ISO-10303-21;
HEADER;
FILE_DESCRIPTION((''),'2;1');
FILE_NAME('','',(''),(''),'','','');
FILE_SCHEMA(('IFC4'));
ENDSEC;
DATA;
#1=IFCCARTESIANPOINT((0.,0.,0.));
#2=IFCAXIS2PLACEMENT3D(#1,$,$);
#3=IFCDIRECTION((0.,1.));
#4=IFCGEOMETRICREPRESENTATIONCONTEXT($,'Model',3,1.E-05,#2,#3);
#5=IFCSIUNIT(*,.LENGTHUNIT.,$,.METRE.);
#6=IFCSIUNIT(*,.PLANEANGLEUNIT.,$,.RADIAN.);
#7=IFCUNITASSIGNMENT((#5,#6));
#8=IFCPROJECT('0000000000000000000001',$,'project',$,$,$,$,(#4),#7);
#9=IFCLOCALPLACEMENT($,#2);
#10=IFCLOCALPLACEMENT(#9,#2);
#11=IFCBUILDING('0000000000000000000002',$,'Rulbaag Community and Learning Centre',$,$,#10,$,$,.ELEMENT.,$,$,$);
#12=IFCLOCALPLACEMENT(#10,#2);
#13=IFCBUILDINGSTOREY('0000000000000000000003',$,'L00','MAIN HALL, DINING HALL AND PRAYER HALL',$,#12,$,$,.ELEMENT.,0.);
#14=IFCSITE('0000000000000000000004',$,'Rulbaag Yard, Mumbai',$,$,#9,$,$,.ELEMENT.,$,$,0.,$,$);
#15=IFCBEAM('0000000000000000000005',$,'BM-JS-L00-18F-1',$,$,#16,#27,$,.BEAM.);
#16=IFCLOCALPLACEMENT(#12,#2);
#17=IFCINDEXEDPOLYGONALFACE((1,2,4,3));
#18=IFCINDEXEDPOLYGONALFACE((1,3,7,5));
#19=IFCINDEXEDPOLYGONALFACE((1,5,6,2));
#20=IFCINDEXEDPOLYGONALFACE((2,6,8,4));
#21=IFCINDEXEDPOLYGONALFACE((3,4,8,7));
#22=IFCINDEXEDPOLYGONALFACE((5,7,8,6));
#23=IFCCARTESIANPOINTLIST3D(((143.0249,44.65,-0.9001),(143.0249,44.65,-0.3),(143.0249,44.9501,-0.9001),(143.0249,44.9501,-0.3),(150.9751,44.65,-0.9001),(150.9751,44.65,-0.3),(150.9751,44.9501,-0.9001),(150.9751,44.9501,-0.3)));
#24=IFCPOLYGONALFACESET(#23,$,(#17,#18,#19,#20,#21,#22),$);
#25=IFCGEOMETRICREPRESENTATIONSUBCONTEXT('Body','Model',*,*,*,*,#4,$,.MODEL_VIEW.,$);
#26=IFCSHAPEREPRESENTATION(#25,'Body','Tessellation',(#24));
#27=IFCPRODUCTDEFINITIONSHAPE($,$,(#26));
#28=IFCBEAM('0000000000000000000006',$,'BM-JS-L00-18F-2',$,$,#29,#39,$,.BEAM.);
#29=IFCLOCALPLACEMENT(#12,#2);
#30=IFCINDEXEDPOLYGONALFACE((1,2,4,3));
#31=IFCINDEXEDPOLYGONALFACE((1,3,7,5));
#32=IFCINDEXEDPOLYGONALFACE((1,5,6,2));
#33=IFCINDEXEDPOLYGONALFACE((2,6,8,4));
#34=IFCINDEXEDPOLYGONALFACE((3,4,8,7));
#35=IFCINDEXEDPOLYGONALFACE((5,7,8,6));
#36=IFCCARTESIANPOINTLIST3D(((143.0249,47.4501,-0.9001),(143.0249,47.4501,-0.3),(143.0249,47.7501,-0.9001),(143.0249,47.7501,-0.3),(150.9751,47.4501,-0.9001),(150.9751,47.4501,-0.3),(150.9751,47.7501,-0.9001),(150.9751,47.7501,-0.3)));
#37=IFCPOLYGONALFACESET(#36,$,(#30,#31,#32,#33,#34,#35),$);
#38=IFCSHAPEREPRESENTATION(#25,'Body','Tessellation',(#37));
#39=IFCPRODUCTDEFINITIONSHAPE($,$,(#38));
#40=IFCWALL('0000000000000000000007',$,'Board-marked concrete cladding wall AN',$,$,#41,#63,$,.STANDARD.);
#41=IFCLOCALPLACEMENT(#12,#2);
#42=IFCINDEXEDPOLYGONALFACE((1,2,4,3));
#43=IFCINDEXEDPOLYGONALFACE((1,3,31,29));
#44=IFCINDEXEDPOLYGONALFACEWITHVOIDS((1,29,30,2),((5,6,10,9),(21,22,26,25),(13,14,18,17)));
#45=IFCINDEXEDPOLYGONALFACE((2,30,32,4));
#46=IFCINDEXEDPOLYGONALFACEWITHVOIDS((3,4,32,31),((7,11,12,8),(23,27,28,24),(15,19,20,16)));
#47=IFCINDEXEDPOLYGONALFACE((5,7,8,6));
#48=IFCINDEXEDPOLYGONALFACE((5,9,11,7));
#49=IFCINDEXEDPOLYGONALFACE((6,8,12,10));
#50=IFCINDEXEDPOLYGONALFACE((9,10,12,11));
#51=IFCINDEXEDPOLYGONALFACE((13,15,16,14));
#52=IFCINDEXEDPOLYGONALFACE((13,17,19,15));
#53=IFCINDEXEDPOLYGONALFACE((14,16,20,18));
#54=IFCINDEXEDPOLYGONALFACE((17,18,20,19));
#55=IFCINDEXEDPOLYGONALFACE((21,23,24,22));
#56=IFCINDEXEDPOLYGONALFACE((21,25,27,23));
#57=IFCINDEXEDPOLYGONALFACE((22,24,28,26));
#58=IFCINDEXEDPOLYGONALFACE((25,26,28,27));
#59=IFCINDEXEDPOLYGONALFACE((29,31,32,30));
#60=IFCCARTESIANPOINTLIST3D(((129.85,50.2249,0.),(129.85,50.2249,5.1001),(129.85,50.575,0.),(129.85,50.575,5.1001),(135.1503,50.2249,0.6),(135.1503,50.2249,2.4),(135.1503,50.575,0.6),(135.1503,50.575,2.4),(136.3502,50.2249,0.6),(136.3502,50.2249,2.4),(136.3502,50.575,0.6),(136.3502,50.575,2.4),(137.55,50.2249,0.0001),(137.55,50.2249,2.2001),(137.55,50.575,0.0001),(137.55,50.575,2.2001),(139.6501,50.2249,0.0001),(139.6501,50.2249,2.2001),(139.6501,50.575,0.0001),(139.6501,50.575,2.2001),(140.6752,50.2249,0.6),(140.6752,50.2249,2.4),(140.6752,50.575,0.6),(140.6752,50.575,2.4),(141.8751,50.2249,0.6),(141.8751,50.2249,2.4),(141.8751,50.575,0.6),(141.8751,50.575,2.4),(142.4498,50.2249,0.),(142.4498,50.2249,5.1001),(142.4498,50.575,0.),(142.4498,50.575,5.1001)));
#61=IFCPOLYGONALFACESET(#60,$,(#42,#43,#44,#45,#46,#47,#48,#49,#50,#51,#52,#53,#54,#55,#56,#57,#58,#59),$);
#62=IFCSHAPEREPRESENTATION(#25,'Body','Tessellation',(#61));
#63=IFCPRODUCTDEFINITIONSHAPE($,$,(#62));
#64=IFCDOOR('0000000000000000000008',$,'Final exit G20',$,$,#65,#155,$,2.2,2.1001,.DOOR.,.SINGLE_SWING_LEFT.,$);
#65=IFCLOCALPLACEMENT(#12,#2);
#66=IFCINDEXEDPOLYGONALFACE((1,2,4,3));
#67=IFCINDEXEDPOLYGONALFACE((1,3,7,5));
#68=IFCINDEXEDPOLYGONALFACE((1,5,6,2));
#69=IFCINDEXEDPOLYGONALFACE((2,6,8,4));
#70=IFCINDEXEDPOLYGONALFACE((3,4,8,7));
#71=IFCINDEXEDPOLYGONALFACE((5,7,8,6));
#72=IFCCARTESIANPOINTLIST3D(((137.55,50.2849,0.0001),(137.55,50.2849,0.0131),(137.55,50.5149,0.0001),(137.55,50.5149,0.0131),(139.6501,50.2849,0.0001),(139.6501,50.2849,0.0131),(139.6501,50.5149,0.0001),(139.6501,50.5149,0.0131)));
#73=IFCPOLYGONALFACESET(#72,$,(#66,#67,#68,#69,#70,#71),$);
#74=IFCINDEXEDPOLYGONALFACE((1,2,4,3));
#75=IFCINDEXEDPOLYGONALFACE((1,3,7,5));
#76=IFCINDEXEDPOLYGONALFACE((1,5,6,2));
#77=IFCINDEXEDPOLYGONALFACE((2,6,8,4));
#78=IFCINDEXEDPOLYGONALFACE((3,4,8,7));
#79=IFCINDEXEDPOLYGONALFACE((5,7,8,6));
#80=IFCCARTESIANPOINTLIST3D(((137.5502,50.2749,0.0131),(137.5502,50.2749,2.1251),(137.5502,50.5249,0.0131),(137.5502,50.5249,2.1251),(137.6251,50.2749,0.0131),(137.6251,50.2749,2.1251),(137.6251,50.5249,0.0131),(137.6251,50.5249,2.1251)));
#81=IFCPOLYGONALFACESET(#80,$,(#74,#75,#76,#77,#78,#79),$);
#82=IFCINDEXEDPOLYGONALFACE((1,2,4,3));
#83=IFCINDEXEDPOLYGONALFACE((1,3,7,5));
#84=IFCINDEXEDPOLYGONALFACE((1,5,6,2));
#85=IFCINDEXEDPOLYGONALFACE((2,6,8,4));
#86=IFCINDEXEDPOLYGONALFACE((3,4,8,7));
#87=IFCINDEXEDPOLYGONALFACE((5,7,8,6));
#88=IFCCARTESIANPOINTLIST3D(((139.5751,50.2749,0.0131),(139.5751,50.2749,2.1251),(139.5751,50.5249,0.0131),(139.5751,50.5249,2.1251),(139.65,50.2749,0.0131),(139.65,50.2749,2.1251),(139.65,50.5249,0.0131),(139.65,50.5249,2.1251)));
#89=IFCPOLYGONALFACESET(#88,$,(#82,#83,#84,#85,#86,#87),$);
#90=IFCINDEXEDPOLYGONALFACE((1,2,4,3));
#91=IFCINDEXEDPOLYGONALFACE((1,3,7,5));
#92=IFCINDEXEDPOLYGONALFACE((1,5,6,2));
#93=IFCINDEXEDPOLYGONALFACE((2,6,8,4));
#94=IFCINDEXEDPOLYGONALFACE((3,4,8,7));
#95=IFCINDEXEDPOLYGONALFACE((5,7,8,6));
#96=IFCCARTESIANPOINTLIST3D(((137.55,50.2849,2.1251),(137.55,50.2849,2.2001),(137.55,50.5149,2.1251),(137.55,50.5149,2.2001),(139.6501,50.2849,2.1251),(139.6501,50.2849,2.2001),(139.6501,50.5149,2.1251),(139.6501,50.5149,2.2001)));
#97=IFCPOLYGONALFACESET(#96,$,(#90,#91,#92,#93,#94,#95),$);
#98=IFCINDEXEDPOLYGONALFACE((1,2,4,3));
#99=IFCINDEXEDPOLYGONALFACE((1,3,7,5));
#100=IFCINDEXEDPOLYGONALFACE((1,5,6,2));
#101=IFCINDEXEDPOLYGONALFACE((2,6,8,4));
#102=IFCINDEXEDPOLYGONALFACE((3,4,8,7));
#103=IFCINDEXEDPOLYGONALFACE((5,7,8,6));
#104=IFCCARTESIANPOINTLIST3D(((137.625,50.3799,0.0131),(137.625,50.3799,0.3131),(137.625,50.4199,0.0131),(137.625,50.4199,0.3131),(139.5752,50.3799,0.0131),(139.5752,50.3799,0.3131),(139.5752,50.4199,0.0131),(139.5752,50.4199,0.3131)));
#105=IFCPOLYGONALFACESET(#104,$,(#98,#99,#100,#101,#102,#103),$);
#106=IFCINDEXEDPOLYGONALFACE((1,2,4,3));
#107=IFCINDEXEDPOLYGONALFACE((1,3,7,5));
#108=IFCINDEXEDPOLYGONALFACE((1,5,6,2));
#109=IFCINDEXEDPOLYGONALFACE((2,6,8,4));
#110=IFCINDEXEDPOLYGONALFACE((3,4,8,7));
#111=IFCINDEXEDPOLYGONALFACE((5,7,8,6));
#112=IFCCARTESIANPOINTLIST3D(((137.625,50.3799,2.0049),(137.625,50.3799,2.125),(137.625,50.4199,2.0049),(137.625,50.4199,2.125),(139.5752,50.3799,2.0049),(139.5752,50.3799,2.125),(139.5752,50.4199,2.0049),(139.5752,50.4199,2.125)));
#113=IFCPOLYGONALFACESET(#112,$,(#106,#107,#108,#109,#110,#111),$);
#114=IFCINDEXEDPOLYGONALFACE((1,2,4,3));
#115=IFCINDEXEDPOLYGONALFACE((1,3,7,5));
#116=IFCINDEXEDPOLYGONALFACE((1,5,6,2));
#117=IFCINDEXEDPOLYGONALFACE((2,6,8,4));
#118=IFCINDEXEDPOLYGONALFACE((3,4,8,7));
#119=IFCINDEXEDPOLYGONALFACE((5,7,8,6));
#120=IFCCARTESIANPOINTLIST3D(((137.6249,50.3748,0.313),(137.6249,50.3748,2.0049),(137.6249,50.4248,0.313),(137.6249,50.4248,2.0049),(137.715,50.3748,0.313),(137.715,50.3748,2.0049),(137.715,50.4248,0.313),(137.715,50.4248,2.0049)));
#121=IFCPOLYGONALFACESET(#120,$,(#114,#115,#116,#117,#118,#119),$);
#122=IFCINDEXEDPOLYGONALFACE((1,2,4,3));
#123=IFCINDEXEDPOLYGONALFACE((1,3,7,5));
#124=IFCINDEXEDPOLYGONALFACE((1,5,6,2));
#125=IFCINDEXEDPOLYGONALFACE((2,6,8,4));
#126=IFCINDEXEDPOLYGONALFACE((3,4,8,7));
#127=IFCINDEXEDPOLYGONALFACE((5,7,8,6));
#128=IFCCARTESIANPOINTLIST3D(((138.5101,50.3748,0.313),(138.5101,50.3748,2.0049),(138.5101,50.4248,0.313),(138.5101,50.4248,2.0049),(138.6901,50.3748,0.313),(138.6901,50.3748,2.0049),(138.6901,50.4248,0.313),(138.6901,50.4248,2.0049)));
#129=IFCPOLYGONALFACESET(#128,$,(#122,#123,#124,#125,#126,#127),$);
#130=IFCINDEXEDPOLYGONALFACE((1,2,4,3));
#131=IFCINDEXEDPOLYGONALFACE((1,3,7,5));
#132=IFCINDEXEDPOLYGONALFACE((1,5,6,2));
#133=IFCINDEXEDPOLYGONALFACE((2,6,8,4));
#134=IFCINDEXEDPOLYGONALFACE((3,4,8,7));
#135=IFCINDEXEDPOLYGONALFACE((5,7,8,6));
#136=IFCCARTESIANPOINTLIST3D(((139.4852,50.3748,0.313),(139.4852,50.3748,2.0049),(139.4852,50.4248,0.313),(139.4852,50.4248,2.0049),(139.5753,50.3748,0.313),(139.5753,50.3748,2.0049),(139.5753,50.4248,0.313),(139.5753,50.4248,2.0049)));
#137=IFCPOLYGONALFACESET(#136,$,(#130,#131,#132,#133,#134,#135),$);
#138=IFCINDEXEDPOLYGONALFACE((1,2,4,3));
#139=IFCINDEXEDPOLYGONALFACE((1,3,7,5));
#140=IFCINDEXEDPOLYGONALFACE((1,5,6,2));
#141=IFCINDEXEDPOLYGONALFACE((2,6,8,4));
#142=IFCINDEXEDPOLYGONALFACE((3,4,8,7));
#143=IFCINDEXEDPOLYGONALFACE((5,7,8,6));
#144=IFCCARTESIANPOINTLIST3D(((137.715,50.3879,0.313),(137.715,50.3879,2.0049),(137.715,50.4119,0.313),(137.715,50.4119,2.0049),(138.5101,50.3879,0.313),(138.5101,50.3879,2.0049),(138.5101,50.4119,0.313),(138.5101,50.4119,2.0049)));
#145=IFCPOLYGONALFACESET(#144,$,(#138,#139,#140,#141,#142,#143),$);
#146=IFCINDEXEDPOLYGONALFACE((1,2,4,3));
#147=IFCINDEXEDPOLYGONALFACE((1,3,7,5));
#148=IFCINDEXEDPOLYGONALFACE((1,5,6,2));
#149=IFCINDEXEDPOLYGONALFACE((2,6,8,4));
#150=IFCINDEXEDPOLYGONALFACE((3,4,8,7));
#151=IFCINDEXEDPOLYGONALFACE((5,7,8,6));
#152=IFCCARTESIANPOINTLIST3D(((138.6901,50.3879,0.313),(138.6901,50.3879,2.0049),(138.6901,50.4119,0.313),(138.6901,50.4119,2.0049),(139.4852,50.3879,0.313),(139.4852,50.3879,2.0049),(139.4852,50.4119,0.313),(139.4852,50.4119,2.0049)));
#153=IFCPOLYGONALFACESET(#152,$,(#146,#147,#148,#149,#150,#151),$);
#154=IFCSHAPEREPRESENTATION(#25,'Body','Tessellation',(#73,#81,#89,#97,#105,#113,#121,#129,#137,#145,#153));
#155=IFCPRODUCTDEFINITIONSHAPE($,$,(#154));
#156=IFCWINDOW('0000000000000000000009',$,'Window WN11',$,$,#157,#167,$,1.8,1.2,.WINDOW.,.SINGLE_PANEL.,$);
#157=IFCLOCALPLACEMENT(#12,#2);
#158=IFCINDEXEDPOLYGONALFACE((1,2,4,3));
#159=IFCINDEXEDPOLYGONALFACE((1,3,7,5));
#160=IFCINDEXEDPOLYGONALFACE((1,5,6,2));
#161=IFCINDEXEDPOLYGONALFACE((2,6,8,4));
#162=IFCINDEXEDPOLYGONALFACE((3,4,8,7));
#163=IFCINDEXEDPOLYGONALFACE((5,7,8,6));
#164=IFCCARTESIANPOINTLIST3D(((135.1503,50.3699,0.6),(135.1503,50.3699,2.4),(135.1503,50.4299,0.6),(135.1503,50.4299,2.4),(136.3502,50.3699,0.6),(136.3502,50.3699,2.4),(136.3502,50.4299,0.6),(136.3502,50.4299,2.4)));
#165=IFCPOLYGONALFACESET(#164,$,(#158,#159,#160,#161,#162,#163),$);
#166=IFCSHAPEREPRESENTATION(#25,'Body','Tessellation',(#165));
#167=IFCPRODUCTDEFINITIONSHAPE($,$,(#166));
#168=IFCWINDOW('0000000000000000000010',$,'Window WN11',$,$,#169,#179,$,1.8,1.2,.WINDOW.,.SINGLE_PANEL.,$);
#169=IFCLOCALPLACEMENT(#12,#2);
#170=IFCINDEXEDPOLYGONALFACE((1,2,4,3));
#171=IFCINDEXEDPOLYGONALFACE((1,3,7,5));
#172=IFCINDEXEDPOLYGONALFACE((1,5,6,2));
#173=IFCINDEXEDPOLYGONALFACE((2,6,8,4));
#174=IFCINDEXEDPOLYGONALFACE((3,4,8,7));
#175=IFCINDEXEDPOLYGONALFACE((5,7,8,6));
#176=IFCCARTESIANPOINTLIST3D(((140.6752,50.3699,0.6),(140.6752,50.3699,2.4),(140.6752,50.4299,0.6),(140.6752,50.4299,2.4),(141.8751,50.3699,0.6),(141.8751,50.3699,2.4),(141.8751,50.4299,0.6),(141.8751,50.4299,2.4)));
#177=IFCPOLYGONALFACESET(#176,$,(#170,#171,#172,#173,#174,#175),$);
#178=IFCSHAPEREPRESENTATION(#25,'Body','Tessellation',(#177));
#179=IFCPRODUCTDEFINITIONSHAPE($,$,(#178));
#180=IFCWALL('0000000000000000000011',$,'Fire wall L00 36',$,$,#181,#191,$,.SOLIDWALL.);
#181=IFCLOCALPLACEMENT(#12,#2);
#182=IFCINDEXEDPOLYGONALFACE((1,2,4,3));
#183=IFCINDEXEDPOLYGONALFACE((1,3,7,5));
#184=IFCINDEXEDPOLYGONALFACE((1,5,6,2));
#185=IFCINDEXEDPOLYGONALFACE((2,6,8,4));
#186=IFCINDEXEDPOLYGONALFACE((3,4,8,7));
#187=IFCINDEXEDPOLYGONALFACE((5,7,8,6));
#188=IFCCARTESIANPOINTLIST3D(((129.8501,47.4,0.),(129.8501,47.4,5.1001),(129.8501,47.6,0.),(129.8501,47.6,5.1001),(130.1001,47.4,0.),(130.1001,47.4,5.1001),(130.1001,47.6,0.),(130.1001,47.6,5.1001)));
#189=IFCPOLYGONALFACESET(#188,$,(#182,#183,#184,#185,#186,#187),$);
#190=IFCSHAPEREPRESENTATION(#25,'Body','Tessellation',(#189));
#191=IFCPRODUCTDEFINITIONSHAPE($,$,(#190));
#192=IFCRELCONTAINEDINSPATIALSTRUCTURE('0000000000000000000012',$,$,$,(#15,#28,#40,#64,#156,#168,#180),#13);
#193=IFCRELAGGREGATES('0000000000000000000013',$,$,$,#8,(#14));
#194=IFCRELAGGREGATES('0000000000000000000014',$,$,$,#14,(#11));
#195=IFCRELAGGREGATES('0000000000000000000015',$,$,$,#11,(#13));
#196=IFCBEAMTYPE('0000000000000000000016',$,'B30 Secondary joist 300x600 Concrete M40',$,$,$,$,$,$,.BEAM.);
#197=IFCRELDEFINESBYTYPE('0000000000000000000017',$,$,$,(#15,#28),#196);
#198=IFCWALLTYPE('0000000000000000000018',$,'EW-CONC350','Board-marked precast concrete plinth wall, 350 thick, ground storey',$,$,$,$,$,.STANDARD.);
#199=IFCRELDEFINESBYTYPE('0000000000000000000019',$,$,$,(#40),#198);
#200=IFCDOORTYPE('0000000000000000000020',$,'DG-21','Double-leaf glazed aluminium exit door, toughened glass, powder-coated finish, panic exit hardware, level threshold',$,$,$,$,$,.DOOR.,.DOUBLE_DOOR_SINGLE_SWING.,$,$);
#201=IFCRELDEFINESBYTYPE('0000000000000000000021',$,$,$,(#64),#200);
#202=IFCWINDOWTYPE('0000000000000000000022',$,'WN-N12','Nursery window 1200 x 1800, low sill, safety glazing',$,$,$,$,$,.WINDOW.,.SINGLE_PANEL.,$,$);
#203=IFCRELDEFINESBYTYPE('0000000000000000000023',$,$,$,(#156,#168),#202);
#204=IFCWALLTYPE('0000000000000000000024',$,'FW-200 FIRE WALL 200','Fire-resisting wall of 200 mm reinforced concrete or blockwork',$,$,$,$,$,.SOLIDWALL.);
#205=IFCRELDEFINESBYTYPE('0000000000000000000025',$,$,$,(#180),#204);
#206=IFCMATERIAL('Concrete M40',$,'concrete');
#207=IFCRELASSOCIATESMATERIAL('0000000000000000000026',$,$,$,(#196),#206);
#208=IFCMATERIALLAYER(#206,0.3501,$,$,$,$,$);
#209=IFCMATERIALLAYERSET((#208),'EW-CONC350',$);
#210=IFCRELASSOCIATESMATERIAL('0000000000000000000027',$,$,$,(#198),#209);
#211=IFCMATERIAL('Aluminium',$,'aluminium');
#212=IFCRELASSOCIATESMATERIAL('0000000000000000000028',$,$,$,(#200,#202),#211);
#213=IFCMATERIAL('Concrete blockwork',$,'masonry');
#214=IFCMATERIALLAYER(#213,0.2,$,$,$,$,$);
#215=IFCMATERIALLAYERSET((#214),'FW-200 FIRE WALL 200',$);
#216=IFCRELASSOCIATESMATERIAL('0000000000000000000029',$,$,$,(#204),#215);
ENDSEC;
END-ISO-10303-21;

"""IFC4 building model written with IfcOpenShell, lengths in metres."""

from ifc_helpers import new_model, si_unit, direction, frame, frame_2d, origin, origin_2d, place, context, subcontext, project, spatial, rectangle, extrude, material, layer, layer_set, material_profile, profile_set, type_object, element, fill, save


model = new_model("IFC4")

# Units and contexts
model_context = context("Model", 3, precision=1e-05, world=origin(), true_north=direction((0.0, 1.0)))
body_context = subcontext(model_context, "Body", "Model", "MODEL_VIEW")
ifc_project = project(units=[si_unit("LENGTHUNIT", "METRE"), si_unit("PLANEANGLEUNIT", "RADIAN")], contexts=[model_context])

# Site, building, storey
site_placement = place(None, origin())
site = spatial("IfcSite", under=ifc_project, at=site_placement, Name="Rulbaag Yard, Mumbai", CompositionType="ELEMENT", RefElevation=0.0)
building_placement = place(site_placement, origin())
building = spatial("IfcBuilding", under=site, at=building_placement, Name="Rulbaag Community and Learning Centre", CompositionType="ELEMENT")
storey_placement = place(building_placement, origin())
storey = spatial("IfcBuildingStorey", under=building, at=storey_placement, Name="L00", Description="MAIN HALL, DINING HALL AND PRAYER HALL", CompositionType="ELEMENT", Elevation=0.0)

# Beams
ifc_material_1 = material(Name="Concrete M40", Category="concrete")
ifc_material_profile = material_profile(ifc_material_1, rectangle(XDim=0.3, YDim=0.6001, at=origin_2d()), Name="RB300x600")
ifc_profile_set = profile_set([ifc_material_profile], Name="Concrete M40")
beam_type = type_object("IfcBeamType", Name="B30 Secondary joist 300x600 Concrete M40", PredefinedType="BEAM", material=ifc_profile_set)
for number, where, z_axis, x_axis, name in (
    (1, (143.0249, 44.8, -0.6001), (1.0, 0.0, 0.0), (0.0, 1.0, 0.0), "BM-JS-L00-18F-1"),
    (2, (143.0249, 47.6001, -0.6001), (1.0, 0.0, 0.0), (0.0, 1.0, 0.0), "BM-JS-L00-18F-2"),
):
    element("IfcBeam", number, at=place(storey_placement, frame(where, z_axis=z_axis, x_axis=x_axis)), inside=storey, type_object=beam_type, Name=name, PredefinedType="BEAM", context=body_context, shape_type="SweptSolid", body=[
        extrude(rectangle(XDim=0.3, YDim=0.6001, at=origin_2d()), origin(), (0.0, 0.0, 1.0), 7.9502),
    ])

# Wall, openings, door, windows
ifc_layer_1 = layer(ifc_material_1, 0.3501)
ifc_layer_set_1 = layer_set([ifc_layer_1], Name="EW-CONC350")
wall_type_1 = type_object("IfcWallType", Name="EW-CONC350", Description="Board-marked precast concrete plinth wall, 350 thick, ground storey", PredefinedType="STANDARD", material=ifc_layer_set_1)
wall_1_placement = place(storey_placement, frame((129.8501, 50.3999, 0.0), z_axis=(0.0, 0.0, 1.0), x_axis=(1.0, 0.0, 0.0)))
wall_1 = element("IfcWall", 3, at=wall_1_placement, inside=storey, type_object=wall_type_1, Name="Board-marked concrete cladding wall AN", PredefinedType="STANDARD", context=body_context, shape_type="SweptSolid", body=[
    extrude(rectangle(XDim=12.5999, YDim=0.3501, at=frame_2d((6.2998, 0.0))), origin(), (0.0, 0.0, 1.0), 5.1001),
])
opening_1_placement = place(wall_1_placement, frame((7.7, 0.0, 0.0)))
opening_1 = element("IfcOpeningElement", 4, at=opening_1_placement, cuts=wall_1, PredefinedType="OPENING", context=body_context, shape_type="SweptSolid", body=[
    extrude(rectangle(XDim=2.1001, YDim=2.2, at=frame_2d((1.05, 1.1001))), frame((0.0, 0.1851, 0.0), z_axis=(0.0, -1.0, 0.0), x_axis=(1.0, 0.0, 0.0)), (0.0, 0.0, 1.0), 0.3701),
])
opening_2_placement = place(wall_1_placement, frame((5.3, 0.0, 0.6001)))
opening_2 = element("IfcOpeningElement", 5, at=opening_2_placement, cuts=wall_1, PredefinedType="OPENING", context=body_context, shape_type="SweptSolid", body=[
    extrude(rectangle(XDim=1.2, YDim=1.8, at=frame_2d((0.6001, 0.8999))), frame((0.0, 0.1851, 0.0), z_axis=(0.0, -1.0, 0.0), x_axis=(1.0, 0.0, 0.0)), (0.0, 0.0, 1.0), 0.3701),
])
opening_3_placement = place(wall_1_placement, frame((10.825, 0.0, 0.6001)))
opening_3 = element("IfcOpeningElement", 6, at=opening_3_placement, cuts=wall_1, PredefinedType="OPENING", context=body_context, shape_type="SweptSolid", body=[
    extrude(rectangle(XDim=1.2, YDim=1.8, at=frame_2d((0.6001, 0.8999))), frame((0.0, 0.1851, 0.0), z_axis=(0.0, -1.0, 0.0), x_axis=(1.0, 0.0, 0.0)), (0.0, 0.0, 1.0), 0.3701),
])
ifc_material_2 = material(Name="Aluminium", Category="aluminium")
door_type_1 = type_object("IfcDoorType", Name="DG-21", Description="Double-leaf glazed aluminium exit door, toughened glass, powder-coated finish, panic exit hardware, level threshold", OperationType="DOUBLE_DOOR_SINGLE_SWING", PredefinedType="DOOR", material=ifc_material_2)
door_1_placement = place(opening_1_placement, origin())
door_1 = element("IfcDoor", 7, at=door_1_placement, inside=storey, type_object=door_type_1, Name="Final exit G20", OperationType="SINGLE_SWING_LEFT", OverallHeight=2.2, OverallWidth=2.1001, PredefinedType="DOOR", context=body_context, shape_type="SweptSolid", body=[
    extrude(rectangle(XDim=2.1001, YDim=0.0129, at=frame_2d((1.05, 0.0066))), frame((0.0, 0.115, 0.0), z_axis=(0.0, -1.0, 0.0), x_axis=(1.0, 0.0, 0.0)), (0.0, 0.0, 1.0), 0.23),
    extrude(rectangle(XDim=0.075, YDim=2.1121, at=frame_2d((0.0376, 1.0691))), frame((0.0, 0.125, 0.0), z_axis=(0.0, -1.0, 0.0), x_axis=(1.0, 0.0, 0.0)), (0.0, 0.0, 1.0), 0.25),
    extrude(rectangle(XDim=0.075, YDim=2.1121, at=frame_2d((2.0625, 1.0691))), frame((0.0, 0.125, 0.0), z_axis=(0.0, -1.0, 0.0), x_axis=(1.0, 0.0, 0.0)), (0.0, 0.0, 1.0), 0.25),
    extrude(rectangle(XDim=2.1001, YDim=0.075, at=frame_2d((1.05, 2.1626))), frame((0.0, 0.115, 0.0), z_axis=(0.0, -1.0, 0.0), x_axis=(1.0, 0.0, 0.0)), (0.0, 0.0, 1.0), 0.23),
    extrude(rectangle(XDim=1.9502, YDim=0.3, at=frame_2d((1.05, 0.1631))), frame((0.0, 0.02, 0.0), z_axis=(0.0, -1.0, 0.0), x_axis=(1.0, 0.0, 0.0)), (0.0, 0.0, 1.0), 0.04),
    extrude(rectangle(XDim=1.9502, YDim=0.1201, at=frame_2d((1.05, 2.0649))), frame((0.0, 0.02, 0.0), z_axis=(0.0, -1.0, 0.0), x_axis=(1.0, 0.0, 0.0)), (0.0, 0.0, 1.0), 0.04),
    extrude(rectangle(XDim=0.0901, YDim=1.6919, at=frame_2d((0.1199, 1.1589))), frame((0.0, 0.0249, 0.0), z_axis=(0.0, -1.0, 0.0), x_axis=(1.0, 0.0, 0.0)), (0.0, 0.0, 1.0), 0.05),
    extrude(rectangle(XDim=0.1799, YDim=1.6919, at=frame_2d((1.05, 1.1589))), frame((0.0, 0.0249, 0.0), z_axis=(0.0, -1.0, 0.0), x_axis=(1.0, 0.0, 0.0)), (0.0, 0.0, 1.0), 0.05),
    extrude(rectangle(XDim=0.0901, YDim=1.6919, at=frame_2d((1.9802, 1.1589))), frame((0.0, 0.0249, 0.0), z_axis=(0.0, -1.0, 0.0), x_axis=(1.0, 0.0, 0.0)), (0.0, 0.0, 1.0), 0.05),
    extrude(rectangle(XDim=0.7952, YDim=1.6919, at=frame_2d((0.5625, 1.1589))), frame((0.0, 0.012, 0.0), z_axis=(0.0, -1.0, 0.0), x_axis=(1.0, 0.0, 0.0)), (0.0, 0.0, 1.0), 0.0239),
    extrude(rectangle(XDim=0.7952, YDim=1.6919, at=frame_2d((1.5376, 1.1589))), frame((0.0, 0.012, 0.0), z_axis=(0.0, -1.0, 0.0), x_axis=(1.0, 0.0, 0.0)), (0.0, 0.0, 1.0), 0.0239),
])
fill(opening_1, door_1)
window_type = type_object("IfcWindowType", Name="WN-N12", Description="Nursery window 1200 x 1800, low sill, safety glazing", PartitioningType="SINGLE_PANEL", PredefinedType="WINDOW", material=ifc_material_2)
window_1_placement = place(opening_2_placement, origin())
window_1 = element("IfcWindow", 8, at=window_1_placement, inside=storey, type_object=window_type, Name="Window WN11", OverallHeight=1.8, OverallWidth=1.2, PartitioningType="SINGLE_PANEL", PredefinedType="WINDOW", context=body_context, shape_type="SweptSolid", body=[
    extrude(rectangle(XDim=1.2, YDim=1.8, at=frame_2d((0.6001, 0.8999))), frame((0.0, 0.03, 0.0), z_axis=(0.0, -1.0, 0.0), x_axis=(1.0, 0.0, 0.0)), (0.0, 0.0, 1.0), 0.0601),
])
fill(opening_2, window_1)
window_2_placement = place(opening_3_placement, origin())
window_2 = element("IfcWindow", 9, at=window_2_placement, inside=storey, type_object=window_type, Name="Window WN11", OverallHeight=1.8, OverallWidth=1.2, PartitioningType="SINGLE_PANEL", PredefinedType="WINDOW", context=body_context, shape_type="SweptSolid", body=[
    extrude(rectangle(XDim=1.2, YDim=1.8, at=frame_2d((0.6001, 0.8999))), frame((0.0, 0.03, 0.0), z_axis=(0.0, -1.0, 0.0), x_axis=(1.0, 0.0, 0.0)), (0.0, 0.0, 1.0), 0.0601),
])
fill(opening_3, window_2)

# Wall
ifc_material_3 = material(Name="Concrete blockwork", Category="masonry")
ifc_layer_2 = layer(ifc_material_3, 0.2)
ifc_layer_set_2 = layer_set([ifc_layer_2], Name="FW-200 FIRE WALL 200")
wall_type_2 = type_object("IfcWallType", Name="FW-200 FIRE WALL 200", Description="Fire-resisting wall of 200 mm reinforced concrete or blockwork", PredefinedType="SOLIDWALL", material=ifc_layer_set_2)
wall_2_placement = place(storey_placement, frame((129.8501, 47.5, 0.0), z_axis=(0.0, 0.0, 1.0), x_axis=(1.0, 0.0, 0.0)))
element("IfcWall", 10, at=wall_2_placement, inside=storey, type_object=wall_type_2, Name="Fire wall L00 36", PredefinedType="SOLIDWALL", context=body_context, shape_type="SweptSolid", body=[
    extrude(rectangle(XDim=0.25, YDim=0.2, at=frame_2d((0.125, 0.0))), origin(), (0.0, 0.0, 1.0), 5.1001),
])

save(model, "model.ifc")
